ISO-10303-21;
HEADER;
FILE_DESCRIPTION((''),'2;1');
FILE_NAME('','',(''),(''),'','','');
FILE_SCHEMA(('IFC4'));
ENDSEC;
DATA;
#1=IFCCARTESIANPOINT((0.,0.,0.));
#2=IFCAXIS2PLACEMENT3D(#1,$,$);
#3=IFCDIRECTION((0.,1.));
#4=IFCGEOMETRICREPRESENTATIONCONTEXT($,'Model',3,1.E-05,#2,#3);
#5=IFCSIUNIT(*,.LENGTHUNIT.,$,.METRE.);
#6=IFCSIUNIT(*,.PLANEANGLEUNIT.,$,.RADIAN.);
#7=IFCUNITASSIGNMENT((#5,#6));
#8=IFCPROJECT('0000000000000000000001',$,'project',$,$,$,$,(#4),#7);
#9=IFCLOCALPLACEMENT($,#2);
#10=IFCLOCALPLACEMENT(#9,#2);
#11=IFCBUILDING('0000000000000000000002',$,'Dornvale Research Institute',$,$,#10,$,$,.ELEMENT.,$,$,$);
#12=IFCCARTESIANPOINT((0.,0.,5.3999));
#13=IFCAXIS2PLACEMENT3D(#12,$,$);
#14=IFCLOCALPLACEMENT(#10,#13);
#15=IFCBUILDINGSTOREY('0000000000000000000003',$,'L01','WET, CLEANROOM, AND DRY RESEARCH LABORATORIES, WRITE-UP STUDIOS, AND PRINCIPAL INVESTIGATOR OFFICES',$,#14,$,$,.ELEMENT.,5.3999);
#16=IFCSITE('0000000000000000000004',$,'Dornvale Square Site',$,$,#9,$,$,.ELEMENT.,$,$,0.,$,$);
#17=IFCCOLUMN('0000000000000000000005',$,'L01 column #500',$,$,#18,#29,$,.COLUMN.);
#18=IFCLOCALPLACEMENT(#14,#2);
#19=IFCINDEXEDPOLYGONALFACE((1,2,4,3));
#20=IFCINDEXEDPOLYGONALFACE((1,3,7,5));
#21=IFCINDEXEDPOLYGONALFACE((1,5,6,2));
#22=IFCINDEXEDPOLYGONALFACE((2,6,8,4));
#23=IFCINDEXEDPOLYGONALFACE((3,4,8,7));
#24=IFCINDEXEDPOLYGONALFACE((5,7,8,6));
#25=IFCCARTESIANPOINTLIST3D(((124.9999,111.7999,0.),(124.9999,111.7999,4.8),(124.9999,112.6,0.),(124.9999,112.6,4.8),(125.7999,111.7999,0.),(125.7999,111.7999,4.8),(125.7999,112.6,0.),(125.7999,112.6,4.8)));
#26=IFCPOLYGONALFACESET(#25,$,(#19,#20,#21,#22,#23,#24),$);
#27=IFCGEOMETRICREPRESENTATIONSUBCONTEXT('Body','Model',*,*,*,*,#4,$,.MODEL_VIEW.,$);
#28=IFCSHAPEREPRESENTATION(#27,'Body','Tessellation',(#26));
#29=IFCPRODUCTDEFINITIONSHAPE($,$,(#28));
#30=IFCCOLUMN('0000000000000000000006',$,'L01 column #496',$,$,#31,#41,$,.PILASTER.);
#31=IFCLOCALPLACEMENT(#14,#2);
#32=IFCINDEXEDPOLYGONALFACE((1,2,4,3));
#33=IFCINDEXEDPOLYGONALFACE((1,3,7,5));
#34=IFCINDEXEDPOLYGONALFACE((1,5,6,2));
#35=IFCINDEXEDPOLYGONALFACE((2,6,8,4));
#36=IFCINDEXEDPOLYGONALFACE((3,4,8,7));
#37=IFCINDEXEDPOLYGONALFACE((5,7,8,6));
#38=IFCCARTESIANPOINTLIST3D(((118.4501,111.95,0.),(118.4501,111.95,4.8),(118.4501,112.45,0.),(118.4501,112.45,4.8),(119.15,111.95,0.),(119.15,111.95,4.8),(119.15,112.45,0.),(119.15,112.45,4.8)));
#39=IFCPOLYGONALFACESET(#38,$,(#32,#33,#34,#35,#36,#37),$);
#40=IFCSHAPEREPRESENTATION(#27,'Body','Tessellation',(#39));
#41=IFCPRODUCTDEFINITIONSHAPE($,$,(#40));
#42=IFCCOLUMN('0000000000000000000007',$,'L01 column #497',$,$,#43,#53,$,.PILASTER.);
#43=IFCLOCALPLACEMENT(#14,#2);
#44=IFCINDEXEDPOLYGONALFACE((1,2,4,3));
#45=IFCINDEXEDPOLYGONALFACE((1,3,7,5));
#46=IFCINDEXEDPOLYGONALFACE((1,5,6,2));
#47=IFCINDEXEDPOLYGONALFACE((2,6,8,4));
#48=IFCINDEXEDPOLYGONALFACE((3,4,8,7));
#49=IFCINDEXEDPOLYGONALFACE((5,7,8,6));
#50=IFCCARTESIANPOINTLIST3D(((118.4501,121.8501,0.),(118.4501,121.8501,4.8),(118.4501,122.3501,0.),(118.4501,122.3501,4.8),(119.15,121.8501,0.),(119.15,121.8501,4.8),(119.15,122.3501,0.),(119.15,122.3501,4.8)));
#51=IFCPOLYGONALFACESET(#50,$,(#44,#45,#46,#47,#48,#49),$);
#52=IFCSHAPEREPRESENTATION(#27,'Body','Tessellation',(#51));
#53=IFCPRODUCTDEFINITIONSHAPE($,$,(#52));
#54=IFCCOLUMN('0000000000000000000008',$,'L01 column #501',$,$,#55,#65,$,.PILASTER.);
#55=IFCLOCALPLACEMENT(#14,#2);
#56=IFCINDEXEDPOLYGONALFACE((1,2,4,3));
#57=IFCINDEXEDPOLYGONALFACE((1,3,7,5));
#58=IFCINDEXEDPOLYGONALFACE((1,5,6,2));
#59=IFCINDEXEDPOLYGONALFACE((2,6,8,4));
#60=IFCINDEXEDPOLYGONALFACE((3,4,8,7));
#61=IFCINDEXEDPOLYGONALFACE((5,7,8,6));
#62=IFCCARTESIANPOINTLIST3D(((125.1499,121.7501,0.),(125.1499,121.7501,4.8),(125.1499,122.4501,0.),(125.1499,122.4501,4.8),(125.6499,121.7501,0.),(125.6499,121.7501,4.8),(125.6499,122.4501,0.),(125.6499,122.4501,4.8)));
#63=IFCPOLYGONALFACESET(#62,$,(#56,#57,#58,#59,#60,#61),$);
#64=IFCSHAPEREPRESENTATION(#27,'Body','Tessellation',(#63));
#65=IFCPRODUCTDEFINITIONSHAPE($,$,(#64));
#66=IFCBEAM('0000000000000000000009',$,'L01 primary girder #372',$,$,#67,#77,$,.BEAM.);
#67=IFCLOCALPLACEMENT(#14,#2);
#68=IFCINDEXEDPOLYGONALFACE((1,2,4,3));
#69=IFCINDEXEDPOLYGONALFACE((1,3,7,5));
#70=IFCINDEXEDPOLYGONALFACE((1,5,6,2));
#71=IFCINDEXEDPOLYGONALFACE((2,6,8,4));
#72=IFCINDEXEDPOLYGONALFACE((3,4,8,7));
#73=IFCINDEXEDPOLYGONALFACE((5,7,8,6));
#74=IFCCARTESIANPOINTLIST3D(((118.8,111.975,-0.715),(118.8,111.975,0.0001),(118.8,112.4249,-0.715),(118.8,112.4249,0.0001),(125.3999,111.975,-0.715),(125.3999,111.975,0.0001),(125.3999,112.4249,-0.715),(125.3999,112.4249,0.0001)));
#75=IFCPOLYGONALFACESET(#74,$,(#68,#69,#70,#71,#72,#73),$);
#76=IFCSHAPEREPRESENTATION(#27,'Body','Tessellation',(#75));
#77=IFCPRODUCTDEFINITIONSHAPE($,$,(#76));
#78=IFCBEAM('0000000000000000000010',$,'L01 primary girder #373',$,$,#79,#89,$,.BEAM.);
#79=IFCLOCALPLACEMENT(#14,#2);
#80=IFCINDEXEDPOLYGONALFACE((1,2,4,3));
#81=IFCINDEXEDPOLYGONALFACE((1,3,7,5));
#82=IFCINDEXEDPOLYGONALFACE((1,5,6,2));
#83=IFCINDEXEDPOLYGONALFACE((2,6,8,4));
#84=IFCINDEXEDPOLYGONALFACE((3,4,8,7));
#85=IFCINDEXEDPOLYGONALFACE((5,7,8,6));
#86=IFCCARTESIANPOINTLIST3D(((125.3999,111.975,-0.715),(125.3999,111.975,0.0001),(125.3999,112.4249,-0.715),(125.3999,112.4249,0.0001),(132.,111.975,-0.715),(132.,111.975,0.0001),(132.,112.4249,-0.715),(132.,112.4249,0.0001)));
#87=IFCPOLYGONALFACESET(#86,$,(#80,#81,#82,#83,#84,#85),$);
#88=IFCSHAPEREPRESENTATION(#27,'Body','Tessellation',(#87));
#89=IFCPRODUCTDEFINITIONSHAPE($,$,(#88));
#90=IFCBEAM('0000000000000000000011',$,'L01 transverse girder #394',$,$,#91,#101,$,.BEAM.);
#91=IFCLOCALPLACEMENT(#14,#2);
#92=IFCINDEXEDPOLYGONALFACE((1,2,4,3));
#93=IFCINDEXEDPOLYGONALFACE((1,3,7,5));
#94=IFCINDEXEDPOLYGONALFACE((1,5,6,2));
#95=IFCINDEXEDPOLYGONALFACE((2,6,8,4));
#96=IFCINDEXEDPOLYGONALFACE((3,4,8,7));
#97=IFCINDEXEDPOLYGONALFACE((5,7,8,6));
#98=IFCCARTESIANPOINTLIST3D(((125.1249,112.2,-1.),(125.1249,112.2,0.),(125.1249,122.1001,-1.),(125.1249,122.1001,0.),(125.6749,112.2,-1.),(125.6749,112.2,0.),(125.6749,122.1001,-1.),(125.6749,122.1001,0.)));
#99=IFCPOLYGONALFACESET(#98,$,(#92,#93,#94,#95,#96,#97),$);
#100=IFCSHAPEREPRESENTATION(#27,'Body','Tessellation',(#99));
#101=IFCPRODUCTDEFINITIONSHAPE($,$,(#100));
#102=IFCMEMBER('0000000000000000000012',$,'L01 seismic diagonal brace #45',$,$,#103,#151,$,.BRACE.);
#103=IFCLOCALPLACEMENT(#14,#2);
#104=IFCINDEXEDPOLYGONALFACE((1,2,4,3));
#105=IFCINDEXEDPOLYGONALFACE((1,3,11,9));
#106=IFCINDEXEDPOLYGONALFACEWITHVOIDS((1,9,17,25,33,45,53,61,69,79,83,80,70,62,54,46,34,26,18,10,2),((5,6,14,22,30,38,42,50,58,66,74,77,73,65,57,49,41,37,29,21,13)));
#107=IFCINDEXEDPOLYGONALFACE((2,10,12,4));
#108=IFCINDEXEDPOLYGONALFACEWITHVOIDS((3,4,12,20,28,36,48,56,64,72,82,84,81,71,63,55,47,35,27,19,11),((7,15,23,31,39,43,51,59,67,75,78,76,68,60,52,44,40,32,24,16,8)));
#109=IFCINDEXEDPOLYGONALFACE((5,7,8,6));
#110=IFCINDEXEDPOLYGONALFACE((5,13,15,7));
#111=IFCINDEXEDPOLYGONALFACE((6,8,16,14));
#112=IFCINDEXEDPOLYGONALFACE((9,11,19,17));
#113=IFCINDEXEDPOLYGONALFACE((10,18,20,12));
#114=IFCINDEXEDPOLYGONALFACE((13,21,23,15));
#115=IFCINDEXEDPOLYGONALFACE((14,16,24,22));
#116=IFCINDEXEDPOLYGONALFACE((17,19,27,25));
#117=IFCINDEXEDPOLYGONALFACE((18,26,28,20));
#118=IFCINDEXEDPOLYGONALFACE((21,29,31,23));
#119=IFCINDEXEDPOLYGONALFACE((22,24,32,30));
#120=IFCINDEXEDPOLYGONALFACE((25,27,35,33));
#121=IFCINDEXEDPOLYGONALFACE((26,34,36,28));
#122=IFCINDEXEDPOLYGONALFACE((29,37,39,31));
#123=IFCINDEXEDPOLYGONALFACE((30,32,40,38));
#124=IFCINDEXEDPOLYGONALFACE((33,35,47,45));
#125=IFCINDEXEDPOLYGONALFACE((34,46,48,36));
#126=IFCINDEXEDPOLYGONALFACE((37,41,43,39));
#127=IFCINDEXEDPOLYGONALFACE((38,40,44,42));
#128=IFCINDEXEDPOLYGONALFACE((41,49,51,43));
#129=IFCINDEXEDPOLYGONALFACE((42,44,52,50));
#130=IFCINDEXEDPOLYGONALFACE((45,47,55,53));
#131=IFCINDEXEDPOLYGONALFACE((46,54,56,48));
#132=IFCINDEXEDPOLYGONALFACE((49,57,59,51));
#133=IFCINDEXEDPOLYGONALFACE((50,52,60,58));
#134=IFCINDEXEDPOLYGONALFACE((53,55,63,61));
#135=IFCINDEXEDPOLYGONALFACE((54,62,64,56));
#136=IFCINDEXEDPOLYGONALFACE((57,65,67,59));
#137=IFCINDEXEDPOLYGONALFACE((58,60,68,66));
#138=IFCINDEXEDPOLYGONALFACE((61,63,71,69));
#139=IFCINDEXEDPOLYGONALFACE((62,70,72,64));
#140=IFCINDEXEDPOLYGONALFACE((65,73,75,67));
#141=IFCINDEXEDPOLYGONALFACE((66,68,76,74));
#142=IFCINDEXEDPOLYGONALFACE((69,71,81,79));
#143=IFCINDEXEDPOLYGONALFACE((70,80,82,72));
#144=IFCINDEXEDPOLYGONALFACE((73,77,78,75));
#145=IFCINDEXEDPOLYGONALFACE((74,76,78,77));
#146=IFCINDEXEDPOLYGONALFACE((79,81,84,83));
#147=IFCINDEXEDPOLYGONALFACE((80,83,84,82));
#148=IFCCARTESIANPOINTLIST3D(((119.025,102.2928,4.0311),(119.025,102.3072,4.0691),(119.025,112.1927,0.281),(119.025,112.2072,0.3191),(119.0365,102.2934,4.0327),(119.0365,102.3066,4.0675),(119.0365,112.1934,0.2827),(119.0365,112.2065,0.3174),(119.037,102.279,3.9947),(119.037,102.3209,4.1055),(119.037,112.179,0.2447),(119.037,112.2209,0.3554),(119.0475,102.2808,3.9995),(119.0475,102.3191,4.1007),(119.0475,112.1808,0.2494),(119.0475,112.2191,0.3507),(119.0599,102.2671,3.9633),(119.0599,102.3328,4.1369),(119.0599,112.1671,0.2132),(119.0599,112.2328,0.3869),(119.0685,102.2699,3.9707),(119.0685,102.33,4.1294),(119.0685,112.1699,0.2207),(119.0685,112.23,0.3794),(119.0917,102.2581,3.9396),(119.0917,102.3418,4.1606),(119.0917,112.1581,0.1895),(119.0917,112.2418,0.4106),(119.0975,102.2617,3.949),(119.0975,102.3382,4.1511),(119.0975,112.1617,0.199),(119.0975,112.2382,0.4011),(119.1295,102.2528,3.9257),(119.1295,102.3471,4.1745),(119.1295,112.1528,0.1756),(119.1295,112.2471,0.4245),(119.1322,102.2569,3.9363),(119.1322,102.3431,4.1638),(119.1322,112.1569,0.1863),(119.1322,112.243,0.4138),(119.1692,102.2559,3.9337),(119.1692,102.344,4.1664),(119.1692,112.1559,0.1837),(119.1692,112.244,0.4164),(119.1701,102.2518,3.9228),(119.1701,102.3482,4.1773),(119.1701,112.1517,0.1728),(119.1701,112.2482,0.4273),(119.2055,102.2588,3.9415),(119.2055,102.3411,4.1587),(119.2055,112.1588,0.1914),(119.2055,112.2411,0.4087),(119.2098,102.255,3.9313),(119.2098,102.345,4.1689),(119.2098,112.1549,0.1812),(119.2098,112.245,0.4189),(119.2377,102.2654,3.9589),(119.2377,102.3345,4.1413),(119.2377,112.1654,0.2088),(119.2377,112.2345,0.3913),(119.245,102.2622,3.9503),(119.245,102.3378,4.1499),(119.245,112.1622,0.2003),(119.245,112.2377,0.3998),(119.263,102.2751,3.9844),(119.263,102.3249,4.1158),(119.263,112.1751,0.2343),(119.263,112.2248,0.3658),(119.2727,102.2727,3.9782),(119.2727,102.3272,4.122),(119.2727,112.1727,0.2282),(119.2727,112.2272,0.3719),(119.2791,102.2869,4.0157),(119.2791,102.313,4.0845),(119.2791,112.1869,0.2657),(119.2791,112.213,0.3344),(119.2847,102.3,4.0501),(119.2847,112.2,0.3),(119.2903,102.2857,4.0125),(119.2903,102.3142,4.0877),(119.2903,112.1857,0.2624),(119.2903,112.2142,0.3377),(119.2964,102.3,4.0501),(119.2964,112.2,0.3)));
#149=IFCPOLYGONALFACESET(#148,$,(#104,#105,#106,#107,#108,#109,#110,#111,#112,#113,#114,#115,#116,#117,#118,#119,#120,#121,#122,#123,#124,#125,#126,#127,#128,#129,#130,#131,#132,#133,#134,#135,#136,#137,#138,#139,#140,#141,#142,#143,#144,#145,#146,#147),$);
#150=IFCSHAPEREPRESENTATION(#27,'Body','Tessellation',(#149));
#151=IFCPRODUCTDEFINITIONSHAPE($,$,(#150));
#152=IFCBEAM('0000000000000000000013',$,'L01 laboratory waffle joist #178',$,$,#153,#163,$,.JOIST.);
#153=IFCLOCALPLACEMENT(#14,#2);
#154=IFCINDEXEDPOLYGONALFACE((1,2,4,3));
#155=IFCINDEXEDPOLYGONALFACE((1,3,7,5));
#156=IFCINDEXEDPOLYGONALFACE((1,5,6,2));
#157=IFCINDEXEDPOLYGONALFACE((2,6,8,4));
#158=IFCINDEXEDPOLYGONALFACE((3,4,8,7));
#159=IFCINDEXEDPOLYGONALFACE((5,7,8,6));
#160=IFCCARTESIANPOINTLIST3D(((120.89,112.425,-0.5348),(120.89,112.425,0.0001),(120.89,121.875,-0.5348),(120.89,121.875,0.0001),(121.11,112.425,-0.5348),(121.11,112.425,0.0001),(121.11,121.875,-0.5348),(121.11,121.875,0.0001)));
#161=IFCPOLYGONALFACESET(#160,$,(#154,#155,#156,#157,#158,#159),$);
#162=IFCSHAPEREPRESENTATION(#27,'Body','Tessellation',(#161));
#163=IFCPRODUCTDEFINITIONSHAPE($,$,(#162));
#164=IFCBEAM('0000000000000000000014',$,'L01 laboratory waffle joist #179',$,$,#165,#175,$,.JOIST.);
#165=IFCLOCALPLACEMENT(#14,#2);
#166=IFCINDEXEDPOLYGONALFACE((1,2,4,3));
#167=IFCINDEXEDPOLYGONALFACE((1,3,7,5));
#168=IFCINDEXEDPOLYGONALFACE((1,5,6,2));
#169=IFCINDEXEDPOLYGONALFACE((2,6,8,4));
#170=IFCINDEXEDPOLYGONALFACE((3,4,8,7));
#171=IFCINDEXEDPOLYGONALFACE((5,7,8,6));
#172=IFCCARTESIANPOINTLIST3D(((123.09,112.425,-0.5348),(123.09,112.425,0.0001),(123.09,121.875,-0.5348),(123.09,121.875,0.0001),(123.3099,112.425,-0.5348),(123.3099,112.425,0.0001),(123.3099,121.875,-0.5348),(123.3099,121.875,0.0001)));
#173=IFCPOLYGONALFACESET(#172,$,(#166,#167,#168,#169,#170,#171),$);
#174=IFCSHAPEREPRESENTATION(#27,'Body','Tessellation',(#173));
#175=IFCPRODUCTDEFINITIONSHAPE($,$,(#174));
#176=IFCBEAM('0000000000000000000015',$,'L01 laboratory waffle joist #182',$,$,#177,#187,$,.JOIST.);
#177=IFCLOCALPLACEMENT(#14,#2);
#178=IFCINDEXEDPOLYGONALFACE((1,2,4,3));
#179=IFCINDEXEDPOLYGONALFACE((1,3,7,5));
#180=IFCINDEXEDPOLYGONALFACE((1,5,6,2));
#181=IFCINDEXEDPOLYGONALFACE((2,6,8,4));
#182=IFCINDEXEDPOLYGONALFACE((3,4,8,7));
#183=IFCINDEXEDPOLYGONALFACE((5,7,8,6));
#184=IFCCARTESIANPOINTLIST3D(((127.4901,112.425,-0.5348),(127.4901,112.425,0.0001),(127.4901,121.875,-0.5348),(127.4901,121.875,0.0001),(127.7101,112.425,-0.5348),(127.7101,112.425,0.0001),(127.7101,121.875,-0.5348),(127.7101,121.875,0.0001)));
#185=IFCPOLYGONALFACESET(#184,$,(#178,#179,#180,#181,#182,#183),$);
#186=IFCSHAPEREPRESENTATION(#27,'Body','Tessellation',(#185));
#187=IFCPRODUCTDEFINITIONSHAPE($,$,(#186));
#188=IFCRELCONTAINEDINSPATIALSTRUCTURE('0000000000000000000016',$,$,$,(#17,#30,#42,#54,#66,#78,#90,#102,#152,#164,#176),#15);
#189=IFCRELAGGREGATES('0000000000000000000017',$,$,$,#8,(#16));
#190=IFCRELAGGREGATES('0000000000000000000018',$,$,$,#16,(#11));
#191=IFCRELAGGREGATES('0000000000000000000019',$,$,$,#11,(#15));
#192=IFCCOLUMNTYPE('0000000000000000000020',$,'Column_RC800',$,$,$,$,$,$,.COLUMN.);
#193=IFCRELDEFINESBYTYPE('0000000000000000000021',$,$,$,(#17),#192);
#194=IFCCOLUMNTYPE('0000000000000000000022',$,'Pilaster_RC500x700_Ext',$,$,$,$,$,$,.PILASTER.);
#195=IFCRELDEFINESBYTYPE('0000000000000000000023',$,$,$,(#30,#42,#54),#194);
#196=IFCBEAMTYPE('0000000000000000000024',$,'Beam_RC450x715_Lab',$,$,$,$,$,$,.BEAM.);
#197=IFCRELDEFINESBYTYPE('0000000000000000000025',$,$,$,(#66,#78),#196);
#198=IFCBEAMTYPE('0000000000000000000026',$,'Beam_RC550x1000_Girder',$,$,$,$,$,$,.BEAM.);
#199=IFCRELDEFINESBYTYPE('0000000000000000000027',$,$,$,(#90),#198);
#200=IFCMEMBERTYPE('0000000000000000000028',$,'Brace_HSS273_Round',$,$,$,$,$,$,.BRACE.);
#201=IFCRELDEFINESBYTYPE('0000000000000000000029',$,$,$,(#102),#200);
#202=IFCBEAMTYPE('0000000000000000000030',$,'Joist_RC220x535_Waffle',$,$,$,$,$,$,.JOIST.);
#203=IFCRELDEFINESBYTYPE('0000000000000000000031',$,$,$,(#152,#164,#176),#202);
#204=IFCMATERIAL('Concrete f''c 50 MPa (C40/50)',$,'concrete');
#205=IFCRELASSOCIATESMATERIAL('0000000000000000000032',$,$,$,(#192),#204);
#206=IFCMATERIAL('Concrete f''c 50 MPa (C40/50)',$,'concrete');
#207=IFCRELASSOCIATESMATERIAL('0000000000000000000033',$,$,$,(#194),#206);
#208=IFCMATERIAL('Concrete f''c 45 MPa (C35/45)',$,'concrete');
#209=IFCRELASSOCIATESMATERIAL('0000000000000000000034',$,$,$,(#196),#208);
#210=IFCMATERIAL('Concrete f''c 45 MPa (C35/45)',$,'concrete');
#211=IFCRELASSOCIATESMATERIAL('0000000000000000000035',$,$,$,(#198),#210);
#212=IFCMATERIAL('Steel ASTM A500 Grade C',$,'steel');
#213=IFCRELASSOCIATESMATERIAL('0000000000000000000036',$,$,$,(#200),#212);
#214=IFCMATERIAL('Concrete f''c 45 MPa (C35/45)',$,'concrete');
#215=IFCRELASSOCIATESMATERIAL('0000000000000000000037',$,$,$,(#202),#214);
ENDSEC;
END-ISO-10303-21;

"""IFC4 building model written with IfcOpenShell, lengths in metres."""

from ifc_helpers import new_model, si_unit, direction, frame, origin, origin_2d, place, context, subcontext, project, spatial, rectangle, hollow_circle, extrude, material, material_profile, profile_set, type_object, element, save


model = new_model("IFC4")

# Units and contexts
model_context = context("Model", 3, precision=1e-05, world=origin(), true_north=direction((0.0, 1.0)))
body_context = subcontext(model_context, "Body", "Model", "MODEL_VIEW")
ifc_project = project(units=[si_unit("LENGTHUNIT", "METRE"), si_unit("PLANEANGLEUNIT", "RADIAN")], contexts=[model_context])

# Site, building, storey
site_placement = place(None, origin())
site = spatial("IfcSite", under=ifc_project, at=site_placement, Name="Dornvale Square Site", CompositionType="ELEMENT", RefElevation=0.0)
building_placement = place(site_placement, origin())
building = spatial("IfcBuilding", under=site, at=building_placement, Name="Dornvale Research Institute", CompositionType="ELEMENT")
storey_placement = place(building_placement, frame((0.0, 0.0, 5.3999)))
storey = spatial("IfcBuildingStorey", under=building, at=storey_placement, Name="L01", Description="WET, CLEANROOM, AND DRY RESEARCH LABORATORIES, WRITE-UP STUDIOS, AND PRINCIPAL INVESTIGATOR OFFICES", CompositionType="ELEMENT", Elevation=5.3999)

# Columns
ifc_material_1 = material(Name="Concrete f'c 50 MPa (C40/50)", Category="concrete")
ifc_material_profile_1 = material_profile(ifc_material_1, rectangle(XDim=0.8, YDim=0.8, at=origin_2d()), Name="RC 800x800")
ifc_profile_set_1 = profile_set([ifc_material_profile_1], Name="Concrete f'c 50 MPa (C40/50)")
column_type_1 = type_object("IfcColumnType", Name="Column_RC800", PredefinedType="COLUMN", material=ifc_profile_set_1)
column_placement = place(storey_placement, frame((125.3999, 112.2, 0.0), z_axis=(0.0, 0.0, 1.0), x_axis=(1.0, 0.0, 0.0)))
element("IfcColumn", 1, at=column_placement, inside=storey, type_object=column_type_1, Name="L01 column #500", PredefinedType="COLUMN", context=body_context, shape_type="SweptSolid", body=[
    extrude(rectangle(XDim=0.8, YDim=0.8, at=origin_2d()), origin(), (0.0, 0.0, 1.0), 4.8),
])
ifc_material_2 = material(Name="Concrete f'c 50 MPa (C40/50)", Category="concrete")
ifc_material_profile_2 = material_profile(ifc_material_2, rectangle(XDim=0.5, YDim=0.7, at=origin_2d()), Name="RC 500x700")
ifc_profile_set_2 = profile_set([ifc_material_profile_2], Name="Concrete f'c 50 MPa (C40/50)")
column_type_2 = type_object("IfcColumnType", Name="Pilaster_RC500x700_Ext", PredefinedType="PILASTER", material=ifc_profile_set_2)
for number, where, z_axis, x_axis, name in (
    (2, (118.8, 112.2, 0.0), (0.0, 0.0, 1.0), (0.0, 1.0, 0.0), "L01 column #496"),
    (3, (118.8, 122.1001, 0.0), (0.0, 0.0, 1.0), (0.0, 1.0, 0.0), "L01 column #497"),
    (4, (125.3999, 122.1001, 0.0), (0.0, 0.0, 1.0), (1.0, 0.0, 0.0), "L01 column #501"),
):
    element("IfcColumn", number, at=place(storey_placement, frame(where, z_axis=z_axis, x_axis=x_axis)), inside=storey, type_object=column_type_2, Name=name, PredefinedType="PILASTER", context=body_context, shape_type="SweptSolid", body=[
        extrude(rectangle(XDim=0.5, YDim=0.7, at=origin_2d()), origin(), (0.0, 0.0, 1.0), 4.8),
    ])

# Beams
ifc_material_3 = material(Name="Concrete f'c 45 MPa (C35/45)", Category="concrete")
ifc_material_profile_3 = material_profile(ifc_material_3, rectangle(XDim=0.45, YDim=0.7151, at=origin_2d()), Name="RC 450x715")
ifc_profile_set_3 = profile_set([ifc_material_profile_3], Name="Concrete f'c 45 MPa (C35/45)")
beam_type_1 = type_object("IfcBeamType", Name="Beam_RC450x715_Lab", PredefinedType="BEAM", material=ifc_profile_set_3)
beam_1_placement = place(storey_placement, frame((118.8, 112.2, -0.3574), z_axis=(1.0, 0.0, 0.0), x_axis=(0.0, 1.0, 0.0)))
element("IfcBeam", 5, at=beam_1_placement, inside=storey, type_object=beam_type_1, Name="L01 primary girder #372", PredefinedType="BEAM", context=body_context, shape_type="SweptSolid", body=[
    extrude(rectangle(XDim=0.45, YDim=0.7151, at=origin_2d()), origin(), (0.0, 0.0, 1.0), 6.5999),
])
beam_2_placement = place(storey_placement, frame((125.3999, 112.2, -0.3574), z_axis=(1.0, 0.0, 0.0), x_axis=(0.0, 1.0, 0.0)))
element("IfcBeam", 6, at=beam_2_placement, inside=storey, type_object=beam_type_1, Name="L01 primary girder #373", PredefinedType="BEAM", context=body_context, shape_type="SweptSolid", body=[
    extrude(rectangle(XDim=0.45, YDim=0.7151, at=origin_2d()), origin(), (0.0, 0.0, 1.0), 6.6001),
])
ifc_material_4 = material(Name="Concrete f'c 45 MPa (C35/45)", Category="concrete")
ifc_material_profile_4 = material_profile(ifc_material_4, rectangle(XDim=0.55, YDim=1.0, at=origin_2d()), Name="RC 550x1000")
ifc_profile_set_4 = profile_set([ifc_material_profile_4], Name="Concrete f'c 45 MPa (C35/45)")
beam_type_2 = type_object("IfcBeamType", Name="Beam_RC550x1000_Girder", PredefinedType="BEAM", material=ifc_profile_set_4)
beam_3_placement = place(storey_placement, frame((125.3999, 112.2, -0.5), z_axis=(0.0, 1.0, 0.0), x_axis=(-1.0, 0.0, 0.0)))
element("IfcBeam", 7, at=beam_3_placement, inside=storey, type_object=beam_type_2, Name="L01 transverse girder #394", PredefinedType="BEAM", context=body_context, shape_type="SweptSolid", body=[
    extrude(rectangle(XDim=0.55, YDim=1.0, at=origin_2d()), origin(), (0.0, 0.0, 1.0), 9.9001),
])

# Member
ifc_material_5 = material(Name="Steel ASTM A500 Grade C", Category="steel")
ifc_material_profile_5 = material_profile(ifc_material_5, hollow_circle(Radius=0.1365, WallThickness=0.0117, at=origin_2d()), Name="HSS273X12.7")
ifc_profile_set_5 = profile_set([ifc_material_profile_5], Name="Steel ASTM A500 Grade C")
member_type_1 = type_object("IfcMemberType", Name="Brace_HSS273_Round", PredefinedType="BRACE", material=ifc_profile_set_5)
member_1_placement = place(storey_placement, frame((119.1599, 112.2, 0.3), z_axis=(0.0, -0.935158, 0.35423), x_axis=(1.0, 0.0, 0.0)))
element("IfcMember", 8, at=member_1_placement, inside=storey, type_object=member_type_1, Name="L01 seismic diagonal brace #45", PredefinedType="BRACE", context=body_context, shape_type="SweptSolid", body=[
    extrude(hollow_circle(Radius=0.1365, WallThickness=0.0117, at=origin_2d()), origin(), (0.0, 0.0, 1.0), 10.5864),
])

# Beams
ifc_material_6 = material(Name="Concrete f'c 45 MPa (C35/45)", Category="concrete")
ifc_material_profile_6 = material_profile(ifc_material_6, rectangle(XDim=0.22, YDim=0.5349, at=origin_2d()), Name="RC 220x535")
ifc_profile_set_6 = profile_set([ifc_material_profile_6], Name="Concrete f'c 45 MPa (C35/45)")
beam_type_3 = type_object("IfcBeamType", Name="Joist_RC220x535_Waffle", PredefinedType="JOIST", material=ifc_profile_set_6)
for number, where, z_axis, x_axis, name in (
    (9, (121.0, 112.425, -0.2673), (0.0, 1.0, 0.0), (-1.0, 0.0, 0.0), "L01 laboratory waffle joist #178"),
    (10, (123.2, 112.425, -0.2673), (0.0, 1.0, 0.0), (-1.0, 0.0, 0.0), "L01 laboratory waffle joist #179"),
    (11, (127.6001, 112.425, -0.2673), (0.0, 1.0, 0.0), (-1.0, 0.0, 0.0), "L01 laboratory waffle joist #182"),
):
    element("IfcBeam", number, at=place(storey_placement, frame(where, z_axis=z_axis, x_axis=x_axis)), inside=storey, type_object=beam_type_3, Name=name, PredefinedType="JOIST", context=body_context, shape_type="SweptSolid", body=[
        extrude(rectangle(XDim=0.22, YDim=0.5349, at=origin_2d()), origin(), (0.0, 0.0, 1.0), 9.45),
    ])

save(model, "model.ifc")
